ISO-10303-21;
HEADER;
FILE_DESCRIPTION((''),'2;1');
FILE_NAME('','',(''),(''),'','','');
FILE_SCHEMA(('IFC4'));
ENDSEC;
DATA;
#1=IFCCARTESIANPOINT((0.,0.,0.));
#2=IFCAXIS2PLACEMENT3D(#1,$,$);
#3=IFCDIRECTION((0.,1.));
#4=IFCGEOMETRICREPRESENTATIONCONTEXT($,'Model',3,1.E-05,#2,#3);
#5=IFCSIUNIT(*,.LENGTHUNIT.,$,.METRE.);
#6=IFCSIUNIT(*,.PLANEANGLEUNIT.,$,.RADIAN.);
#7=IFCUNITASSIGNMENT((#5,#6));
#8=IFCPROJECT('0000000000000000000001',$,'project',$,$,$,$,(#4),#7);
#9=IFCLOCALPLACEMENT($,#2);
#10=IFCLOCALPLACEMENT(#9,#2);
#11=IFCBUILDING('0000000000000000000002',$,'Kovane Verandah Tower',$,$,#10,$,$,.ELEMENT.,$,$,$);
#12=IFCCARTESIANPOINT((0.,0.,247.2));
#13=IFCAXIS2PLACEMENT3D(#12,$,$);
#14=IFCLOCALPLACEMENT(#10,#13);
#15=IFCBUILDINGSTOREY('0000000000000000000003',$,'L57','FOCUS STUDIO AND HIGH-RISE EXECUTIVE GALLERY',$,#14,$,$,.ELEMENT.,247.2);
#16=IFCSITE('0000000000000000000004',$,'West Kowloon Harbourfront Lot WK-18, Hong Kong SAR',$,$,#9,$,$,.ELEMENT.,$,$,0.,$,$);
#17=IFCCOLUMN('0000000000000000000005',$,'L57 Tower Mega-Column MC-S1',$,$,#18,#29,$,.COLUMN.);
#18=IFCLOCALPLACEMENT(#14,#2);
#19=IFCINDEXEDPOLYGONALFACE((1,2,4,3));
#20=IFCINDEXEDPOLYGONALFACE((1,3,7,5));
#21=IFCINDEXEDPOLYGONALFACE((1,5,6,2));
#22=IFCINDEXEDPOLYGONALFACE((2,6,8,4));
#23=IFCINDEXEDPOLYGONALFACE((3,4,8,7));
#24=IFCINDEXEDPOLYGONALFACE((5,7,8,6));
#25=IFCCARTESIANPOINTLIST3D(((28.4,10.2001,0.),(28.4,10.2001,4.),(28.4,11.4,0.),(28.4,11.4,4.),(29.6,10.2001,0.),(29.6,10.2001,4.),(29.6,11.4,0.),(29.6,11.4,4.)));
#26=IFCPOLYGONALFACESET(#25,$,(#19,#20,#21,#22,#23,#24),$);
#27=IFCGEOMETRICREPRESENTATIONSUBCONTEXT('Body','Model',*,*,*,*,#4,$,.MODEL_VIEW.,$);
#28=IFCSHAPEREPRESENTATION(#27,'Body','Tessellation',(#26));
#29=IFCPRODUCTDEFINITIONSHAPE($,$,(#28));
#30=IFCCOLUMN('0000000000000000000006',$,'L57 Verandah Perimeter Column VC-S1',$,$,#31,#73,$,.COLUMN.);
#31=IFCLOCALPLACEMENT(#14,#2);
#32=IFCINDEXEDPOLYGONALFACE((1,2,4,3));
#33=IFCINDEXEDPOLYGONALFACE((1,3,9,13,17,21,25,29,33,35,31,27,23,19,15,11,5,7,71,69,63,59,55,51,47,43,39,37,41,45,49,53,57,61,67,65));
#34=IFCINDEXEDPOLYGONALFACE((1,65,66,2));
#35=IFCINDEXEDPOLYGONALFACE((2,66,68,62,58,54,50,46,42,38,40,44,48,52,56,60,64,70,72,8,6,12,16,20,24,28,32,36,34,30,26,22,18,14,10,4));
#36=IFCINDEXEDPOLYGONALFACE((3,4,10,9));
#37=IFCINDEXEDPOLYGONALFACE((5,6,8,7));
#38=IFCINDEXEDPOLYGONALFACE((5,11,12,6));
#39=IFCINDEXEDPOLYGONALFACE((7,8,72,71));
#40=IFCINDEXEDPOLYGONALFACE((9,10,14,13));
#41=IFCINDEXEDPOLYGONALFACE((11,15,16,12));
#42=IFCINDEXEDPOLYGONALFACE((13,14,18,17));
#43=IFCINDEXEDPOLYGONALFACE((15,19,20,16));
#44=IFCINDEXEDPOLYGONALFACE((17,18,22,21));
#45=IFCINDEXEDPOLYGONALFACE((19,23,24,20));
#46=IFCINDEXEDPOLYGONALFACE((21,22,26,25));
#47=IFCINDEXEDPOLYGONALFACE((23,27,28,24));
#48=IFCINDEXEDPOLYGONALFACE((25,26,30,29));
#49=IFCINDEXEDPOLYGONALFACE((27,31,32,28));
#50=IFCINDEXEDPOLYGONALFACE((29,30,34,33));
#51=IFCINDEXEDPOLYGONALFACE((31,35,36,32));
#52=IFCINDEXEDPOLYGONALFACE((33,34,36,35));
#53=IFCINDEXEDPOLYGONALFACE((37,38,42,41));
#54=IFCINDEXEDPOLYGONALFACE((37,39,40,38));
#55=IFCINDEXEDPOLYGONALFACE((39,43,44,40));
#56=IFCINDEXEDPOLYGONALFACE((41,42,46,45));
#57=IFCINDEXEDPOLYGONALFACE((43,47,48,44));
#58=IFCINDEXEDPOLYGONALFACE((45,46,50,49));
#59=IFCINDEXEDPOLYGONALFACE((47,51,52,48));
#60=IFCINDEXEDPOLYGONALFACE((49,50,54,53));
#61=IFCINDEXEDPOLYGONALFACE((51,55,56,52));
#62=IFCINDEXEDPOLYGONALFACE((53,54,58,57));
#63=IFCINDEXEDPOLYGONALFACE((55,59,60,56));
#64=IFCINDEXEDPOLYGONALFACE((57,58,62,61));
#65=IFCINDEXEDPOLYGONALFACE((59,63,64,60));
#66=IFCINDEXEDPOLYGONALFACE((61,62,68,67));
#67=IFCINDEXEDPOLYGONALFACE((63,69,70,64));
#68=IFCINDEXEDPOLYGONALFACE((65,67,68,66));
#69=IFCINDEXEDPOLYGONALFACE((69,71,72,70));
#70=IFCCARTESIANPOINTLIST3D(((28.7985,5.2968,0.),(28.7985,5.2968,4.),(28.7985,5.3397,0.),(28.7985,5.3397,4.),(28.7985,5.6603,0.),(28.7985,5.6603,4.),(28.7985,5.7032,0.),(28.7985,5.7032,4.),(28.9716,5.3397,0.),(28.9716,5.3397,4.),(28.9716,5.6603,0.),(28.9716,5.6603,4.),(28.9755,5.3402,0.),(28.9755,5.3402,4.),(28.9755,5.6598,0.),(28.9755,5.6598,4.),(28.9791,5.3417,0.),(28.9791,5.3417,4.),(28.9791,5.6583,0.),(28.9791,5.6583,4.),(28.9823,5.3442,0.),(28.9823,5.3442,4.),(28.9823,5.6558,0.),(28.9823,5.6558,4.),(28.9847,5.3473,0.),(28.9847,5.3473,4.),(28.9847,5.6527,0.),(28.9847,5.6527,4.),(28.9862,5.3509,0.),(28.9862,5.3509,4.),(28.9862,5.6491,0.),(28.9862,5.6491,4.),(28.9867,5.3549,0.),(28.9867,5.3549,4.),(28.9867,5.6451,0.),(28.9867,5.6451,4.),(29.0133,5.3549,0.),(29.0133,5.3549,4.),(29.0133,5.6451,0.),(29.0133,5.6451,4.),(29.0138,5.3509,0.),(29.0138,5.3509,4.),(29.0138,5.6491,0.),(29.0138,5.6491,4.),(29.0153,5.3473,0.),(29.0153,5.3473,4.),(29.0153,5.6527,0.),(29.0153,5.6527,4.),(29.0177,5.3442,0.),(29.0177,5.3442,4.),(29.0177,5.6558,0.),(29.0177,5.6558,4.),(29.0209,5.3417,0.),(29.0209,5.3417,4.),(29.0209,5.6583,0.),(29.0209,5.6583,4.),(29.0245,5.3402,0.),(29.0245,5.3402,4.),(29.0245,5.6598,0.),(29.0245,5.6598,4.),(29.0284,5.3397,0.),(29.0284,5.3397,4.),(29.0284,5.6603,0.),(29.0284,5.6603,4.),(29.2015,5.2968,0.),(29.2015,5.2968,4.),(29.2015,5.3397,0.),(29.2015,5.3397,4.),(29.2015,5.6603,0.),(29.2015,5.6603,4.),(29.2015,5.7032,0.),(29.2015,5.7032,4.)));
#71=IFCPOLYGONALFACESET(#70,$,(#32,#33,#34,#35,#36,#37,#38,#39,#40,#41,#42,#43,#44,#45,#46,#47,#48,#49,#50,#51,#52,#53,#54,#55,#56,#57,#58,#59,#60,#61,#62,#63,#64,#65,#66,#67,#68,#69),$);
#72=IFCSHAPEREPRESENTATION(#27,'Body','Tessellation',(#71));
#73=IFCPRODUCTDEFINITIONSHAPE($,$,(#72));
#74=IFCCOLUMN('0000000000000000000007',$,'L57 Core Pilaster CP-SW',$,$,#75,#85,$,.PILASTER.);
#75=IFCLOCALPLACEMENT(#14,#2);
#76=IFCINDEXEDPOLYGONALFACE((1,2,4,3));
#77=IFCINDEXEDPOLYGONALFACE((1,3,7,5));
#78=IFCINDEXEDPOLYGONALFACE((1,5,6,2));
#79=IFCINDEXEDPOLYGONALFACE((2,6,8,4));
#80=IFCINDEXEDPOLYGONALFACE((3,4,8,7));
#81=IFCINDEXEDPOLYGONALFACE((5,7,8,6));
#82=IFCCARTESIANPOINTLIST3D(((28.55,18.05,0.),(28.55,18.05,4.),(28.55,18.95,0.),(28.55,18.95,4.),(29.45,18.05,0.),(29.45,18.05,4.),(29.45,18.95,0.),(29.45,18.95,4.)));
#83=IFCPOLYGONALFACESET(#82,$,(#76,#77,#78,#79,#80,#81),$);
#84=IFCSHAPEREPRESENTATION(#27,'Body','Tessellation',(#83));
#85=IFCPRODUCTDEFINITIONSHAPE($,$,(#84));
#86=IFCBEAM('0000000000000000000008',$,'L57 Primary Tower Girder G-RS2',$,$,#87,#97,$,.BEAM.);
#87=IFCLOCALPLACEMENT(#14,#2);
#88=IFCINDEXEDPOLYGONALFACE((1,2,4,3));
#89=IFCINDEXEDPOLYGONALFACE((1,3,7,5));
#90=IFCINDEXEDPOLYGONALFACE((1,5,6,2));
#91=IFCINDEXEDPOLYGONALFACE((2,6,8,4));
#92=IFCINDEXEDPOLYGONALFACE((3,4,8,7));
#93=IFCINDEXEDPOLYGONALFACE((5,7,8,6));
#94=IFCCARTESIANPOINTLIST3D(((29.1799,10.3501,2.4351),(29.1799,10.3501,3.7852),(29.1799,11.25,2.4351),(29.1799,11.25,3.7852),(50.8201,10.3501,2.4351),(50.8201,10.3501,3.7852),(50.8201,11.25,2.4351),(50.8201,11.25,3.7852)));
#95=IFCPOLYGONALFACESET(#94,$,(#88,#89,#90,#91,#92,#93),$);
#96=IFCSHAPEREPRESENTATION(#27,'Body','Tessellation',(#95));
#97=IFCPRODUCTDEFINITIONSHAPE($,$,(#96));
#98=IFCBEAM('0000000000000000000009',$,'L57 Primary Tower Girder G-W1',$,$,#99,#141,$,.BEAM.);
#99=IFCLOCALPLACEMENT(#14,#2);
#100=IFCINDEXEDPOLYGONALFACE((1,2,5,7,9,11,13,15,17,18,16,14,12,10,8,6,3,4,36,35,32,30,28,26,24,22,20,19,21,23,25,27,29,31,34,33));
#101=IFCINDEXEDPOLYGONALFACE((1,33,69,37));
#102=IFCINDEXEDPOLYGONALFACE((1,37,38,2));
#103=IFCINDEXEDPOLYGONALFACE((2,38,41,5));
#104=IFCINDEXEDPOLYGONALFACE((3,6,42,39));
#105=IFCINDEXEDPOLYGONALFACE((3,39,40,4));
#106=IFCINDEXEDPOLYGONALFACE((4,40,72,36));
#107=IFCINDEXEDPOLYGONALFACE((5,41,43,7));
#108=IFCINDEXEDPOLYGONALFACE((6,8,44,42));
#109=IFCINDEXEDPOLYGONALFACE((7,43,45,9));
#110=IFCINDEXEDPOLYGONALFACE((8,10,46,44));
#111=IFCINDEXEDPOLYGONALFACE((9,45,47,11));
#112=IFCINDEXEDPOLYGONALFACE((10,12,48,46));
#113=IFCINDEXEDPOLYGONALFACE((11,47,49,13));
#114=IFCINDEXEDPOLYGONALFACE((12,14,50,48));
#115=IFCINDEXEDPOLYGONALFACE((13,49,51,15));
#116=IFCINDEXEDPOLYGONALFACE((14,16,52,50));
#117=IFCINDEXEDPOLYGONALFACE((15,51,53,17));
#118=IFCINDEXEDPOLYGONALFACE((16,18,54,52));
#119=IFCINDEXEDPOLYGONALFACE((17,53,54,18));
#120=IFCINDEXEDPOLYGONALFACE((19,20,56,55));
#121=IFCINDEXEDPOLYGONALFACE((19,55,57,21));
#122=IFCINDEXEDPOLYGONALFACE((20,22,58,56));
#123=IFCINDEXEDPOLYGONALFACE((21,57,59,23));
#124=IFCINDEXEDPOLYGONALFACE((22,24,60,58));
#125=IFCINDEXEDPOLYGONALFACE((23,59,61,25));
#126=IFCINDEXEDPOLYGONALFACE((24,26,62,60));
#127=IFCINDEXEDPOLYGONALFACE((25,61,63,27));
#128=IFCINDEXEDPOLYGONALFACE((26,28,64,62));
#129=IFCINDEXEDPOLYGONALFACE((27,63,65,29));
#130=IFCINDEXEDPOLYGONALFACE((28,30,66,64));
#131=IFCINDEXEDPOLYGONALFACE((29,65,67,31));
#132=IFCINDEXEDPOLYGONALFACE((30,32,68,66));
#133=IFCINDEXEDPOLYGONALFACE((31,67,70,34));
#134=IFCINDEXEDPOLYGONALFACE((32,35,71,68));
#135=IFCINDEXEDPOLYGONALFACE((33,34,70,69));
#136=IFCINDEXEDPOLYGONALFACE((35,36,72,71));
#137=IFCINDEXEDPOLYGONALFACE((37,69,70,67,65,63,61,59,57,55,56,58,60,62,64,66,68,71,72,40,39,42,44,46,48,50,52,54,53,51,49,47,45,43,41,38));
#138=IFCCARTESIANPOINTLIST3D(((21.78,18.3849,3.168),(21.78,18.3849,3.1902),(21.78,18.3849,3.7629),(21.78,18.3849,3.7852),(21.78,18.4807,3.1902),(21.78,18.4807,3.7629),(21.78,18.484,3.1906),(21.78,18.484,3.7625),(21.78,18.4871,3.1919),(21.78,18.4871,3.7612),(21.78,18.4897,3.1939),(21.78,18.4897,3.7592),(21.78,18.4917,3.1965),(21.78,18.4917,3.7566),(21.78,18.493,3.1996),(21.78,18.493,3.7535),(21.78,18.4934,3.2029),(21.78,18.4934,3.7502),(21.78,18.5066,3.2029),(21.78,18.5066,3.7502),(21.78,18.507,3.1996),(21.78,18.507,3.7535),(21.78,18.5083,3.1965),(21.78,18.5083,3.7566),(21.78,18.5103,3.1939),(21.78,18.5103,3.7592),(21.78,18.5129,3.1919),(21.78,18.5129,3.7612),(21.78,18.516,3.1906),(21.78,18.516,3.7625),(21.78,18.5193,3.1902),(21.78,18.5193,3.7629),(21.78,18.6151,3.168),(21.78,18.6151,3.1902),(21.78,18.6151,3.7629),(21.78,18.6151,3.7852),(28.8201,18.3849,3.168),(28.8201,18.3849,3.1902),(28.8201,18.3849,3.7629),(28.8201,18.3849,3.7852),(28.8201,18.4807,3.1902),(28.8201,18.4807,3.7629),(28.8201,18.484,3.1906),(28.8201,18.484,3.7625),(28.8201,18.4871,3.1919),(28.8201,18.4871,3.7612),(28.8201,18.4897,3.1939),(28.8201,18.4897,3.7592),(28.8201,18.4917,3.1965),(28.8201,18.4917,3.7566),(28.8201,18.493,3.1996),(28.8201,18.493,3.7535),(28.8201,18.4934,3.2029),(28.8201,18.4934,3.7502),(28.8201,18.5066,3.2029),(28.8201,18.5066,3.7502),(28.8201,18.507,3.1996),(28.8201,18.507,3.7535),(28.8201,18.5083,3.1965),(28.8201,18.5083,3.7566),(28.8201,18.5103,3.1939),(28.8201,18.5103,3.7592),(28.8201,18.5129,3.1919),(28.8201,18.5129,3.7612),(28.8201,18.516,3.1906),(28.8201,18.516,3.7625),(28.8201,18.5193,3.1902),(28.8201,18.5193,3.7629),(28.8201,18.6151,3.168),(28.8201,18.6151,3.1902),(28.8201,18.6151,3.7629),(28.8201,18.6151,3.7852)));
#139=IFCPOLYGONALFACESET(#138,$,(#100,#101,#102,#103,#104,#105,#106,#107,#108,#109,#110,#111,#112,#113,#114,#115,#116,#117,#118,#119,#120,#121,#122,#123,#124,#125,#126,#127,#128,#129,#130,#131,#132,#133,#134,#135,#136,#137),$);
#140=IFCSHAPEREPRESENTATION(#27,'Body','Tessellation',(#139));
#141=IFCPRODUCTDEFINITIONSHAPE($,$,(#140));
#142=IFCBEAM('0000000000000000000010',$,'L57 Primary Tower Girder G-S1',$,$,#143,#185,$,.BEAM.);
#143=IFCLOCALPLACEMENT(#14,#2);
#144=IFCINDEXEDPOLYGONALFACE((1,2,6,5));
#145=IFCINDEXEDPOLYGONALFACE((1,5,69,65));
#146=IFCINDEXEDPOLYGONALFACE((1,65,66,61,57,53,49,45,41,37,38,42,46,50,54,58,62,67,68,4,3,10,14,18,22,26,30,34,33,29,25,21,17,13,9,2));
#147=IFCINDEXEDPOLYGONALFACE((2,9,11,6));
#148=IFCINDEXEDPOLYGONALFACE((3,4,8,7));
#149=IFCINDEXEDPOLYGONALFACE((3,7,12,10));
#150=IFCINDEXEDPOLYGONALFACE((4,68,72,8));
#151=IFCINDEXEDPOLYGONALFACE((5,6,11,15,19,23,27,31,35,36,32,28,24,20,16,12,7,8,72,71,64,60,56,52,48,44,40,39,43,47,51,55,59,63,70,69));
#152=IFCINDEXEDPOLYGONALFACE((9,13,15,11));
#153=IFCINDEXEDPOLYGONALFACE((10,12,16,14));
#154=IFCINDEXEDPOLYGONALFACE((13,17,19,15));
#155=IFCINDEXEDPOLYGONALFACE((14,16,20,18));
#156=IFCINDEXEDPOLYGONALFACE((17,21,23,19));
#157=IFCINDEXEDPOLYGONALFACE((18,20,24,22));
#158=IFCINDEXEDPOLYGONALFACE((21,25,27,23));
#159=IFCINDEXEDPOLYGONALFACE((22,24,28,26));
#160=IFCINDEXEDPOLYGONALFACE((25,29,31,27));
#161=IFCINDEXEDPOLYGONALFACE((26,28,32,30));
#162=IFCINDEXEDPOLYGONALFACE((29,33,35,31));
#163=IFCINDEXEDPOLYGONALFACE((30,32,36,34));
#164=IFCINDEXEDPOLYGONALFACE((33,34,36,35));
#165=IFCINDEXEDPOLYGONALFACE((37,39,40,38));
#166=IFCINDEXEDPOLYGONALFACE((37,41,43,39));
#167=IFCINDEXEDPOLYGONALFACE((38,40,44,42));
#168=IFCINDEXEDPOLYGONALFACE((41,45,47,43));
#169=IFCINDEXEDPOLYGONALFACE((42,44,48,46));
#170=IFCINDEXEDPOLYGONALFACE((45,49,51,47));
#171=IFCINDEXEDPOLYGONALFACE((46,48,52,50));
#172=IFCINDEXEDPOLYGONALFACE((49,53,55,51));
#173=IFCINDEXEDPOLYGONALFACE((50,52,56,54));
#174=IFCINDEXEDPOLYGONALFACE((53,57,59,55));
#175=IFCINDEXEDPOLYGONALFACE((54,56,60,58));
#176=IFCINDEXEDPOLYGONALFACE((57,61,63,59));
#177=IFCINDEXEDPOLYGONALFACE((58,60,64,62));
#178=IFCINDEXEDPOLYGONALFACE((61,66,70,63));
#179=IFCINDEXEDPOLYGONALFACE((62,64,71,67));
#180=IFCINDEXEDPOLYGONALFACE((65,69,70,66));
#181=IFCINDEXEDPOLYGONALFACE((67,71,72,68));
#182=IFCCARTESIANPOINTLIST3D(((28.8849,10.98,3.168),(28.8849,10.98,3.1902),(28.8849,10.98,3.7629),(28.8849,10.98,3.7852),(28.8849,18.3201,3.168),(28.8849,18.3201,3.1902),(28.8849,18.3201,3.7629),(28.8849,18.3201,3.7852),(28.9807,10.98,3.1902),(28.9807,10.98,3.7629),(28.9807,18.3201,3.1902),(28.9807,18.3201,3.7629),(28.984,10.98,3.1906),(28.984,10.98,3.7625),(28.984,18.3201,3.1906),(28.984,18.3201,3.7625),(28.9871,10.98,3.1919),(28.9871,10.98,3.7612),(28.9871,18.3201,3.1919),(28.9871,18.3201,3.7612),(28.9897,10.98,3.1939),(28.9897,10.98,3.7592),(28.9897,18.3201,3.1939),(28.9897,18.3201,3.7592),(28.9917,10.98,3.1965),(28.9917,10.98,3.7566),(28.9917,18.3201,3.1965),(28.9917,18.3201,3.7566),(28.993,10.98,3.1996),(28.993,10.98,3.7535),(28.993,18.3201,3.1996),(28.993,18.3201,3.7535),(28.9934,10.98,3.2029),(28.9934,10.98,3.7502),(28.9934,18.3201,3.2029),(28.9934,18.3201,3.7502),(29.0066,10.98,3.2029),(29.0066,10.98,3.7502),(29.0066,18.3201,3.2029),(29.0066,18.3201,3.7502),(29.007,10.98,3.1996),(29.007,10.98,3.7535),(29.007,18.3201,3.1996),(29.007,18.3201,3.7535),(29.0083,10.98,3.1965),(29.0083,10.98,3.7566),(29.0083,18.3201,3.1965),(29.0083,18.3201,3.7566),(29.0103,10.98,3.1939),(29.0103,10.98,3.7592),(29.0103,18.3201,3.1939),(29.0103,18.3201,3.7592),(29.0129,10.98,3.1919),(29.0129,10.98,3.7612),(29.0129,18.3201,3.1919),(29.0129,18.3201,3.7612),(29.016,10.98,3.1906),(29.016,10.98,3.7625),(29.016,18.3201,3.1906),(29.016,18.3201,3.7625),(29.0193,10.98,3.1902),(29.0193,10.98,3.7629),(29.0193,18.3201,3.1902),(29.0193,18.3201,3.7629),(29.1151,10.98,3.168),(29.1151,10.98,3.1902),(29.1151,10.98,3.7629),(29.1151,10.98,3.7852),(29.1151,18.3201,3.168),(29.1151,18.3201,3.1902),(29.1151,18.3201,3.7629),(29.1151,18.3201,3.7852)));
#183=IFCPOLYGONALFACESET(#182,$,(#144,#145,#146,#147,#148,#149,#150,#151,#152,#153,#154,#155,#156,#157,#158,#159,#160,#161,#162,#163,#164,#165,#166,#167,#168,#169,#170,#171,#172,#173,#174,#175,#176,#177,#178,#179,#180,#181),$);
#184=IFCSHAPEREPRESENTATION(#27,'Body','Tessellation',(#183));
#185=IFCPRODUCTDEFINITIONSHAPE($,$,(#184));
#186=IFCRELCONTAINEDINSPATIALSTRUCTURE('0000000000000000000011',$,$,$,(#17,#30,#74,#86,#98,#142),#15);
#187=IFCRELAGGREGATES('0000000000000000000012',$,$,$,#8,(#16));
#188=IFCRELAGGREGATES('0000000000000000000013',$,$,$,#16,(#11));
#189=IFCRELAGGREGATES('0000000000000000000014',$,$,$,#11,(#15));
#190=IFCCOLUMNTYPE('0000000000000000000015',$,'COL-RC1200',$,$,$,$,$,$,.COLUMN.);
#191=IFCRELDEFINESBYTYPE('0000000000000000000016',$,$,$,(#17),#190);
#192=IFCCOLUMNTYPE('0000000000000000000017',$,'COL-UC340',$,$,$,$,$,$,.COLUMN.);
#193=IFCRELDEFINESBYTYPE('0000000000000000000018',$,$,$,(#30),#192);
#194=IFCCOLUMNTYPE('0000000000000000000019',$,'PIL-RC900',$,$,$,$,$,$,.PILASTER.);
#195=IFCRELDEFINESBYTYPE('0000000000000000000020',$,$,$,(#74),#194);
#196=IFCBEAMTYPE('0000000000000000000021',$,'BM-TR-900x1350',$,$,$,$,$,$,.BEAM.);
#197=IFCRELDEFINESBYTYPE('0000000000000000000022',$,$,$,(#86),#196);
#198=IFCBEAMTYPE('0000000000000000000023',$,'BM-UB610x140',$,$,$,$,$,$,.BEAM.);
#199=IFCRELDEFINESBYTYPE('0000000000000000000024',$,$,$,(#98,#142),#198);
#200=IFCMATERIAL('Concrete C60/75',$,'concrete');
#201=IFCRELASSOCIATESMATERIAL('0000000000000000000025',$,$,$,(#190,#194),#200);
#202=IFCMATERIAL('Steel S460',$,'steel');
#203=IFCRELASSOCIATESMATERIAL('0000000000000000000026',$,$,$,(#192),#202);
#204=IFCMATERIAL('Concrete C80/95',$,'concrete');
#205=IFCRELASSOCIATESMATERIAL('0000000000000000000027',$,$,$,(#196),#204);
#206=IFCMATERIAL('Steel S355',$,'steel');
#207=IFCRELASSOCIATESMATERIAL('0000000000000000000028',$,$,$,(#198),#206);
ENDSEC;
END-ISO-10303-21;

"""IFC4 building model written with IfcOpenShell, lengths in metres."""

from ifc_helpers import new_model, si_unit, direction, frame, origin, origin_2d, place, context, subcontext, project, spatial, rectangle, i_section, extrude, material, material_profile, profile_set, type_object, element, save


model = new_model("IFC4")

# Units and contexts
model_context = context("Model", 3, precision=1e-05, world=origin(), true_north=direction((0.0, 1.0)))
body_context = subcontext(model_context, "Body", "Model", "MODEL_VIEW")
ifc_project = project(units=[si_unit("LENGTHUNIT", "METRE"), si_unit("PLANEANGLEUNIT", "RADIAN")], contexts=[model_context])

# Site, building, storey
site_placement = place(None, origin())
site = spatial("IfcSite", under=ifc_project, at=site_placement, Name="West Kowloon Harbourfront Lot WK-18, Hong Kong SAR", CompositionType="ELEMENT", RefElevation=0.0)
building_placement = place(site_placement, origin())
building = spatial("IfcBuilding", under=site, at=building_placement, Name="Kovane Verandah Tower", CompositionType="ELEMENT")
storey_placement = place(building_placement, frame((0.0, 0.0, 247.2)))
storey = spatial("IfcBuildingStorey", under=building, at=storey_placement, Name="L57", Description="FOCUS STUDIO AND HIGH-RISE EXECUTIVE GALLERY", CompositionType="ELEMENT", Elevation=247.2)

# Columns
ifc_material_1 = material(Name="Concrete C60/75", Category="concrete")
ifc_material_profile_1 = material_profile(ifc_material_1, rectangle(XDim=1.2, YDim=1.2, at=origin_2d()), Name="RC1200x1200")
ifc_profile_set_1 = profile_set([ifc_material_profile_1], Name="Concrete C60/75")
column_type_1 = type_object("IfcColumnType", Name="COL-RC1200", PredefinedType="COLUMN", material=ifc_profile_set_1)
column_1_placement = place(storey_placement, frame((29.0, 10.8, 0.0), z_axis=(0.0, 0.0, 1.0), x_axis=(1.0, 0.0, 0.0)))
element("IfcColumn", 1, at=column_1_placement, inside=storey, type_object=column_type_1, Name="L57 Tower Mega-Column MC-S1", PredefinedType="COLUMN", context=body_context, shape_type="SweptSolid", body=[
    extrude(rectangle(XDim=1.2, YDim=1.2, at=origin_2d()), origin(), (0.0, 0.0, 1.0), 4.0),
])
ifc_material_2 = material(Name="Steel S460", Category="steel")
ifc_material_profile_2 = material_profile(ifc_material_2, i_section(OverallWidth=0.4031, OverallDepth=0.4065, WebThickness=0.0266, FlangeThickness=0.043, FilletRadius=0.0151, at=origin_2d()), Name="UC356x406x340")
ifc_profile_set_2 = profile_set([ifc_material_profile_2], Name="Steel S460")
column_type_2 = type_object("IfcColumnType", Name="COL-UC340", PredefinedType="COLUMN", material=ifc_profile_set_2)
column_2_placement = place(storey_placement, frame((29.0, 5.5, 0.0), z_axis=(0.0, 0.0, 1.0), x_axis=(1.0, 0.0, 0.0)))
element("IfcColumn", 2, at=column_2_placement, inside=storey, type_object=column_type_2, Name="L57 Verandah Perimeter Column VC-S1", PredefinedType="COLUMN", context=body_context, shape_type="SweptSolid", body=[
    extrude(i_section(OverallWidth=0.4031, OverallDepth=0.4065, WebThickness=0.0266, FlangeThickness=0.043, FilletRadius=0.0151, at=origin_2d()), origin(), (0.0, 0.0, 1.0), 4.0),
])
ifc_material_profile_3 = material_profile(ifc_material_1, rectangle(XDim=0.8999, YDim=0.8999, at=origin_2d()), Name="RC900x900")
ifc_profile_set_3 = profile_set([ifc_material_profile_3], Name="Concrete C60/75")
column_type_3 = type_object("IfcColumnType", Name="PIL-RC900", PredefinedType="PILASTER", material=ifc_profile_set_3)
column_3_placement = place(storey_placement, frame((29.0, 18.5, 0.0), z_axis=(0.0, 0.0, 1.0), x_axis=(1.0, 0.0, 0.0)))
element("IfcColumn", 3, at=column_3_placement, inside=storey, type_object=column_type_3, Name="L57 Core Pilaster CP-SW", PredefinedType="PILASTER", context=body_context, shape_type="SweptSolid", body=[
    extrude(rectangle(XDim=0.8999, YDim=0.8999, at=origin_2d()), origin(), (0.0, 0.0, 1.0), 4.0),
])

# Beams
ifc_material_3 = material(Name="Concrete C80/95", Category="concrete")
ifc_material_profile_4 = material_profile(ifc_material_3, rectangle(XDim=0.8999, YDim=1.3501, at=origin_2d()), Name="RCB900x1350")
ifc_profile_set_4 = profile_set([ifc_material_profile_4], Name="Concrete C80/95")
beam_type_1 = type_object("IfcBeamType", Name="BM-TR-900x1350", PredefinedType="BEAM", material=ifc_profile_set_4)
beam_1_placement = place(storey_placement, frame((29.1799, 10.8, 3.1101), z_axis=(1.0, 0.0, 0.0), x_axis=(0.0, 1.0, 0.0)))
element("IfcBeam", 4, at=beam_1_placement, inside=storey, type_object=beam_type_1, Name="L57 Primary Tower Girder G-RS2", PredefinedType="BEAM", context=body_context, shape_type="SweptSolid", body=[
    extrude(rectangle(XDim=0.8999, YDim=1.3501, at=origin_2d()), origin(), (0.0, 0.0, 1.0), 21.6401),
])
ifc_material_4 = material(Name="Steel S355", Category="steel")
ifc_material_profile_5 = material_profile(ifc_material_4, i_section(OverallWidth=0.2302, OverallDepth=0.6172, WebThickness=0.0132, FlangeThickness=0.0222, FilletRadius=0.0127, at=origin_2d()), Name="UB610x229x140")
ifc_profile_set_5 = profile_set([ifc_material_profile_5], Name="Steel S355")
beam_type_2 = type_object("IfcBeamType", Name="BM-UB610x140", PredefinedType="BEAM", material=ifc_profile_set_5)
beam_2_placement = place(storey_placement, frame((28.8201, 18.5, 3.4766), z_axis=(-1.0, 0.0, 0.0), x_axis=(0.0, -1.0, 0.0)))
element("IfcBeam", 5, at=beam_2_placement, inside=storey, type_object=beam_type_2, Name="L57 Primary Tower Girder G-W1", PredefinedType="BEAM", context=body_context, shape_type="SweptSolid", body=[
    extrude(i_section(OverallWidth=0.2302, OverallDepth=0.6172, WebThickness=0.0132, FlangeThickness=0.0222, FilletRadius=0.0127, at=origin_2d()), origin(), (0.0, 0.0, 1.0), 7.04),
])
beam_3_placement = place(storey_placement, frame((29.0, 18.3201, 3.4766), z_axis=(0.0, -1.0, 0.0), x_axis=(1.0, 0.0, 0.0)))
element("IfcBeam", 6, at=beam_3_placement, inside=storey, type_object=beam_type_2, Name="L57 Primary Tower Girder G-S1", PredefinedType="BEAM", context=body_context, shape_type="SweptSolid", body=[
    extrude(i_section(OverallWidth=0.2302, OverallDepth=0.6172, WebThickness=0.0132, FlangeThickness=0.0222, FilletRadius=0.0127, at=origin_2d()), origin(), (0.0, 0.0, 1.0), 7.3401),
])

save(model, "model.ifc")
